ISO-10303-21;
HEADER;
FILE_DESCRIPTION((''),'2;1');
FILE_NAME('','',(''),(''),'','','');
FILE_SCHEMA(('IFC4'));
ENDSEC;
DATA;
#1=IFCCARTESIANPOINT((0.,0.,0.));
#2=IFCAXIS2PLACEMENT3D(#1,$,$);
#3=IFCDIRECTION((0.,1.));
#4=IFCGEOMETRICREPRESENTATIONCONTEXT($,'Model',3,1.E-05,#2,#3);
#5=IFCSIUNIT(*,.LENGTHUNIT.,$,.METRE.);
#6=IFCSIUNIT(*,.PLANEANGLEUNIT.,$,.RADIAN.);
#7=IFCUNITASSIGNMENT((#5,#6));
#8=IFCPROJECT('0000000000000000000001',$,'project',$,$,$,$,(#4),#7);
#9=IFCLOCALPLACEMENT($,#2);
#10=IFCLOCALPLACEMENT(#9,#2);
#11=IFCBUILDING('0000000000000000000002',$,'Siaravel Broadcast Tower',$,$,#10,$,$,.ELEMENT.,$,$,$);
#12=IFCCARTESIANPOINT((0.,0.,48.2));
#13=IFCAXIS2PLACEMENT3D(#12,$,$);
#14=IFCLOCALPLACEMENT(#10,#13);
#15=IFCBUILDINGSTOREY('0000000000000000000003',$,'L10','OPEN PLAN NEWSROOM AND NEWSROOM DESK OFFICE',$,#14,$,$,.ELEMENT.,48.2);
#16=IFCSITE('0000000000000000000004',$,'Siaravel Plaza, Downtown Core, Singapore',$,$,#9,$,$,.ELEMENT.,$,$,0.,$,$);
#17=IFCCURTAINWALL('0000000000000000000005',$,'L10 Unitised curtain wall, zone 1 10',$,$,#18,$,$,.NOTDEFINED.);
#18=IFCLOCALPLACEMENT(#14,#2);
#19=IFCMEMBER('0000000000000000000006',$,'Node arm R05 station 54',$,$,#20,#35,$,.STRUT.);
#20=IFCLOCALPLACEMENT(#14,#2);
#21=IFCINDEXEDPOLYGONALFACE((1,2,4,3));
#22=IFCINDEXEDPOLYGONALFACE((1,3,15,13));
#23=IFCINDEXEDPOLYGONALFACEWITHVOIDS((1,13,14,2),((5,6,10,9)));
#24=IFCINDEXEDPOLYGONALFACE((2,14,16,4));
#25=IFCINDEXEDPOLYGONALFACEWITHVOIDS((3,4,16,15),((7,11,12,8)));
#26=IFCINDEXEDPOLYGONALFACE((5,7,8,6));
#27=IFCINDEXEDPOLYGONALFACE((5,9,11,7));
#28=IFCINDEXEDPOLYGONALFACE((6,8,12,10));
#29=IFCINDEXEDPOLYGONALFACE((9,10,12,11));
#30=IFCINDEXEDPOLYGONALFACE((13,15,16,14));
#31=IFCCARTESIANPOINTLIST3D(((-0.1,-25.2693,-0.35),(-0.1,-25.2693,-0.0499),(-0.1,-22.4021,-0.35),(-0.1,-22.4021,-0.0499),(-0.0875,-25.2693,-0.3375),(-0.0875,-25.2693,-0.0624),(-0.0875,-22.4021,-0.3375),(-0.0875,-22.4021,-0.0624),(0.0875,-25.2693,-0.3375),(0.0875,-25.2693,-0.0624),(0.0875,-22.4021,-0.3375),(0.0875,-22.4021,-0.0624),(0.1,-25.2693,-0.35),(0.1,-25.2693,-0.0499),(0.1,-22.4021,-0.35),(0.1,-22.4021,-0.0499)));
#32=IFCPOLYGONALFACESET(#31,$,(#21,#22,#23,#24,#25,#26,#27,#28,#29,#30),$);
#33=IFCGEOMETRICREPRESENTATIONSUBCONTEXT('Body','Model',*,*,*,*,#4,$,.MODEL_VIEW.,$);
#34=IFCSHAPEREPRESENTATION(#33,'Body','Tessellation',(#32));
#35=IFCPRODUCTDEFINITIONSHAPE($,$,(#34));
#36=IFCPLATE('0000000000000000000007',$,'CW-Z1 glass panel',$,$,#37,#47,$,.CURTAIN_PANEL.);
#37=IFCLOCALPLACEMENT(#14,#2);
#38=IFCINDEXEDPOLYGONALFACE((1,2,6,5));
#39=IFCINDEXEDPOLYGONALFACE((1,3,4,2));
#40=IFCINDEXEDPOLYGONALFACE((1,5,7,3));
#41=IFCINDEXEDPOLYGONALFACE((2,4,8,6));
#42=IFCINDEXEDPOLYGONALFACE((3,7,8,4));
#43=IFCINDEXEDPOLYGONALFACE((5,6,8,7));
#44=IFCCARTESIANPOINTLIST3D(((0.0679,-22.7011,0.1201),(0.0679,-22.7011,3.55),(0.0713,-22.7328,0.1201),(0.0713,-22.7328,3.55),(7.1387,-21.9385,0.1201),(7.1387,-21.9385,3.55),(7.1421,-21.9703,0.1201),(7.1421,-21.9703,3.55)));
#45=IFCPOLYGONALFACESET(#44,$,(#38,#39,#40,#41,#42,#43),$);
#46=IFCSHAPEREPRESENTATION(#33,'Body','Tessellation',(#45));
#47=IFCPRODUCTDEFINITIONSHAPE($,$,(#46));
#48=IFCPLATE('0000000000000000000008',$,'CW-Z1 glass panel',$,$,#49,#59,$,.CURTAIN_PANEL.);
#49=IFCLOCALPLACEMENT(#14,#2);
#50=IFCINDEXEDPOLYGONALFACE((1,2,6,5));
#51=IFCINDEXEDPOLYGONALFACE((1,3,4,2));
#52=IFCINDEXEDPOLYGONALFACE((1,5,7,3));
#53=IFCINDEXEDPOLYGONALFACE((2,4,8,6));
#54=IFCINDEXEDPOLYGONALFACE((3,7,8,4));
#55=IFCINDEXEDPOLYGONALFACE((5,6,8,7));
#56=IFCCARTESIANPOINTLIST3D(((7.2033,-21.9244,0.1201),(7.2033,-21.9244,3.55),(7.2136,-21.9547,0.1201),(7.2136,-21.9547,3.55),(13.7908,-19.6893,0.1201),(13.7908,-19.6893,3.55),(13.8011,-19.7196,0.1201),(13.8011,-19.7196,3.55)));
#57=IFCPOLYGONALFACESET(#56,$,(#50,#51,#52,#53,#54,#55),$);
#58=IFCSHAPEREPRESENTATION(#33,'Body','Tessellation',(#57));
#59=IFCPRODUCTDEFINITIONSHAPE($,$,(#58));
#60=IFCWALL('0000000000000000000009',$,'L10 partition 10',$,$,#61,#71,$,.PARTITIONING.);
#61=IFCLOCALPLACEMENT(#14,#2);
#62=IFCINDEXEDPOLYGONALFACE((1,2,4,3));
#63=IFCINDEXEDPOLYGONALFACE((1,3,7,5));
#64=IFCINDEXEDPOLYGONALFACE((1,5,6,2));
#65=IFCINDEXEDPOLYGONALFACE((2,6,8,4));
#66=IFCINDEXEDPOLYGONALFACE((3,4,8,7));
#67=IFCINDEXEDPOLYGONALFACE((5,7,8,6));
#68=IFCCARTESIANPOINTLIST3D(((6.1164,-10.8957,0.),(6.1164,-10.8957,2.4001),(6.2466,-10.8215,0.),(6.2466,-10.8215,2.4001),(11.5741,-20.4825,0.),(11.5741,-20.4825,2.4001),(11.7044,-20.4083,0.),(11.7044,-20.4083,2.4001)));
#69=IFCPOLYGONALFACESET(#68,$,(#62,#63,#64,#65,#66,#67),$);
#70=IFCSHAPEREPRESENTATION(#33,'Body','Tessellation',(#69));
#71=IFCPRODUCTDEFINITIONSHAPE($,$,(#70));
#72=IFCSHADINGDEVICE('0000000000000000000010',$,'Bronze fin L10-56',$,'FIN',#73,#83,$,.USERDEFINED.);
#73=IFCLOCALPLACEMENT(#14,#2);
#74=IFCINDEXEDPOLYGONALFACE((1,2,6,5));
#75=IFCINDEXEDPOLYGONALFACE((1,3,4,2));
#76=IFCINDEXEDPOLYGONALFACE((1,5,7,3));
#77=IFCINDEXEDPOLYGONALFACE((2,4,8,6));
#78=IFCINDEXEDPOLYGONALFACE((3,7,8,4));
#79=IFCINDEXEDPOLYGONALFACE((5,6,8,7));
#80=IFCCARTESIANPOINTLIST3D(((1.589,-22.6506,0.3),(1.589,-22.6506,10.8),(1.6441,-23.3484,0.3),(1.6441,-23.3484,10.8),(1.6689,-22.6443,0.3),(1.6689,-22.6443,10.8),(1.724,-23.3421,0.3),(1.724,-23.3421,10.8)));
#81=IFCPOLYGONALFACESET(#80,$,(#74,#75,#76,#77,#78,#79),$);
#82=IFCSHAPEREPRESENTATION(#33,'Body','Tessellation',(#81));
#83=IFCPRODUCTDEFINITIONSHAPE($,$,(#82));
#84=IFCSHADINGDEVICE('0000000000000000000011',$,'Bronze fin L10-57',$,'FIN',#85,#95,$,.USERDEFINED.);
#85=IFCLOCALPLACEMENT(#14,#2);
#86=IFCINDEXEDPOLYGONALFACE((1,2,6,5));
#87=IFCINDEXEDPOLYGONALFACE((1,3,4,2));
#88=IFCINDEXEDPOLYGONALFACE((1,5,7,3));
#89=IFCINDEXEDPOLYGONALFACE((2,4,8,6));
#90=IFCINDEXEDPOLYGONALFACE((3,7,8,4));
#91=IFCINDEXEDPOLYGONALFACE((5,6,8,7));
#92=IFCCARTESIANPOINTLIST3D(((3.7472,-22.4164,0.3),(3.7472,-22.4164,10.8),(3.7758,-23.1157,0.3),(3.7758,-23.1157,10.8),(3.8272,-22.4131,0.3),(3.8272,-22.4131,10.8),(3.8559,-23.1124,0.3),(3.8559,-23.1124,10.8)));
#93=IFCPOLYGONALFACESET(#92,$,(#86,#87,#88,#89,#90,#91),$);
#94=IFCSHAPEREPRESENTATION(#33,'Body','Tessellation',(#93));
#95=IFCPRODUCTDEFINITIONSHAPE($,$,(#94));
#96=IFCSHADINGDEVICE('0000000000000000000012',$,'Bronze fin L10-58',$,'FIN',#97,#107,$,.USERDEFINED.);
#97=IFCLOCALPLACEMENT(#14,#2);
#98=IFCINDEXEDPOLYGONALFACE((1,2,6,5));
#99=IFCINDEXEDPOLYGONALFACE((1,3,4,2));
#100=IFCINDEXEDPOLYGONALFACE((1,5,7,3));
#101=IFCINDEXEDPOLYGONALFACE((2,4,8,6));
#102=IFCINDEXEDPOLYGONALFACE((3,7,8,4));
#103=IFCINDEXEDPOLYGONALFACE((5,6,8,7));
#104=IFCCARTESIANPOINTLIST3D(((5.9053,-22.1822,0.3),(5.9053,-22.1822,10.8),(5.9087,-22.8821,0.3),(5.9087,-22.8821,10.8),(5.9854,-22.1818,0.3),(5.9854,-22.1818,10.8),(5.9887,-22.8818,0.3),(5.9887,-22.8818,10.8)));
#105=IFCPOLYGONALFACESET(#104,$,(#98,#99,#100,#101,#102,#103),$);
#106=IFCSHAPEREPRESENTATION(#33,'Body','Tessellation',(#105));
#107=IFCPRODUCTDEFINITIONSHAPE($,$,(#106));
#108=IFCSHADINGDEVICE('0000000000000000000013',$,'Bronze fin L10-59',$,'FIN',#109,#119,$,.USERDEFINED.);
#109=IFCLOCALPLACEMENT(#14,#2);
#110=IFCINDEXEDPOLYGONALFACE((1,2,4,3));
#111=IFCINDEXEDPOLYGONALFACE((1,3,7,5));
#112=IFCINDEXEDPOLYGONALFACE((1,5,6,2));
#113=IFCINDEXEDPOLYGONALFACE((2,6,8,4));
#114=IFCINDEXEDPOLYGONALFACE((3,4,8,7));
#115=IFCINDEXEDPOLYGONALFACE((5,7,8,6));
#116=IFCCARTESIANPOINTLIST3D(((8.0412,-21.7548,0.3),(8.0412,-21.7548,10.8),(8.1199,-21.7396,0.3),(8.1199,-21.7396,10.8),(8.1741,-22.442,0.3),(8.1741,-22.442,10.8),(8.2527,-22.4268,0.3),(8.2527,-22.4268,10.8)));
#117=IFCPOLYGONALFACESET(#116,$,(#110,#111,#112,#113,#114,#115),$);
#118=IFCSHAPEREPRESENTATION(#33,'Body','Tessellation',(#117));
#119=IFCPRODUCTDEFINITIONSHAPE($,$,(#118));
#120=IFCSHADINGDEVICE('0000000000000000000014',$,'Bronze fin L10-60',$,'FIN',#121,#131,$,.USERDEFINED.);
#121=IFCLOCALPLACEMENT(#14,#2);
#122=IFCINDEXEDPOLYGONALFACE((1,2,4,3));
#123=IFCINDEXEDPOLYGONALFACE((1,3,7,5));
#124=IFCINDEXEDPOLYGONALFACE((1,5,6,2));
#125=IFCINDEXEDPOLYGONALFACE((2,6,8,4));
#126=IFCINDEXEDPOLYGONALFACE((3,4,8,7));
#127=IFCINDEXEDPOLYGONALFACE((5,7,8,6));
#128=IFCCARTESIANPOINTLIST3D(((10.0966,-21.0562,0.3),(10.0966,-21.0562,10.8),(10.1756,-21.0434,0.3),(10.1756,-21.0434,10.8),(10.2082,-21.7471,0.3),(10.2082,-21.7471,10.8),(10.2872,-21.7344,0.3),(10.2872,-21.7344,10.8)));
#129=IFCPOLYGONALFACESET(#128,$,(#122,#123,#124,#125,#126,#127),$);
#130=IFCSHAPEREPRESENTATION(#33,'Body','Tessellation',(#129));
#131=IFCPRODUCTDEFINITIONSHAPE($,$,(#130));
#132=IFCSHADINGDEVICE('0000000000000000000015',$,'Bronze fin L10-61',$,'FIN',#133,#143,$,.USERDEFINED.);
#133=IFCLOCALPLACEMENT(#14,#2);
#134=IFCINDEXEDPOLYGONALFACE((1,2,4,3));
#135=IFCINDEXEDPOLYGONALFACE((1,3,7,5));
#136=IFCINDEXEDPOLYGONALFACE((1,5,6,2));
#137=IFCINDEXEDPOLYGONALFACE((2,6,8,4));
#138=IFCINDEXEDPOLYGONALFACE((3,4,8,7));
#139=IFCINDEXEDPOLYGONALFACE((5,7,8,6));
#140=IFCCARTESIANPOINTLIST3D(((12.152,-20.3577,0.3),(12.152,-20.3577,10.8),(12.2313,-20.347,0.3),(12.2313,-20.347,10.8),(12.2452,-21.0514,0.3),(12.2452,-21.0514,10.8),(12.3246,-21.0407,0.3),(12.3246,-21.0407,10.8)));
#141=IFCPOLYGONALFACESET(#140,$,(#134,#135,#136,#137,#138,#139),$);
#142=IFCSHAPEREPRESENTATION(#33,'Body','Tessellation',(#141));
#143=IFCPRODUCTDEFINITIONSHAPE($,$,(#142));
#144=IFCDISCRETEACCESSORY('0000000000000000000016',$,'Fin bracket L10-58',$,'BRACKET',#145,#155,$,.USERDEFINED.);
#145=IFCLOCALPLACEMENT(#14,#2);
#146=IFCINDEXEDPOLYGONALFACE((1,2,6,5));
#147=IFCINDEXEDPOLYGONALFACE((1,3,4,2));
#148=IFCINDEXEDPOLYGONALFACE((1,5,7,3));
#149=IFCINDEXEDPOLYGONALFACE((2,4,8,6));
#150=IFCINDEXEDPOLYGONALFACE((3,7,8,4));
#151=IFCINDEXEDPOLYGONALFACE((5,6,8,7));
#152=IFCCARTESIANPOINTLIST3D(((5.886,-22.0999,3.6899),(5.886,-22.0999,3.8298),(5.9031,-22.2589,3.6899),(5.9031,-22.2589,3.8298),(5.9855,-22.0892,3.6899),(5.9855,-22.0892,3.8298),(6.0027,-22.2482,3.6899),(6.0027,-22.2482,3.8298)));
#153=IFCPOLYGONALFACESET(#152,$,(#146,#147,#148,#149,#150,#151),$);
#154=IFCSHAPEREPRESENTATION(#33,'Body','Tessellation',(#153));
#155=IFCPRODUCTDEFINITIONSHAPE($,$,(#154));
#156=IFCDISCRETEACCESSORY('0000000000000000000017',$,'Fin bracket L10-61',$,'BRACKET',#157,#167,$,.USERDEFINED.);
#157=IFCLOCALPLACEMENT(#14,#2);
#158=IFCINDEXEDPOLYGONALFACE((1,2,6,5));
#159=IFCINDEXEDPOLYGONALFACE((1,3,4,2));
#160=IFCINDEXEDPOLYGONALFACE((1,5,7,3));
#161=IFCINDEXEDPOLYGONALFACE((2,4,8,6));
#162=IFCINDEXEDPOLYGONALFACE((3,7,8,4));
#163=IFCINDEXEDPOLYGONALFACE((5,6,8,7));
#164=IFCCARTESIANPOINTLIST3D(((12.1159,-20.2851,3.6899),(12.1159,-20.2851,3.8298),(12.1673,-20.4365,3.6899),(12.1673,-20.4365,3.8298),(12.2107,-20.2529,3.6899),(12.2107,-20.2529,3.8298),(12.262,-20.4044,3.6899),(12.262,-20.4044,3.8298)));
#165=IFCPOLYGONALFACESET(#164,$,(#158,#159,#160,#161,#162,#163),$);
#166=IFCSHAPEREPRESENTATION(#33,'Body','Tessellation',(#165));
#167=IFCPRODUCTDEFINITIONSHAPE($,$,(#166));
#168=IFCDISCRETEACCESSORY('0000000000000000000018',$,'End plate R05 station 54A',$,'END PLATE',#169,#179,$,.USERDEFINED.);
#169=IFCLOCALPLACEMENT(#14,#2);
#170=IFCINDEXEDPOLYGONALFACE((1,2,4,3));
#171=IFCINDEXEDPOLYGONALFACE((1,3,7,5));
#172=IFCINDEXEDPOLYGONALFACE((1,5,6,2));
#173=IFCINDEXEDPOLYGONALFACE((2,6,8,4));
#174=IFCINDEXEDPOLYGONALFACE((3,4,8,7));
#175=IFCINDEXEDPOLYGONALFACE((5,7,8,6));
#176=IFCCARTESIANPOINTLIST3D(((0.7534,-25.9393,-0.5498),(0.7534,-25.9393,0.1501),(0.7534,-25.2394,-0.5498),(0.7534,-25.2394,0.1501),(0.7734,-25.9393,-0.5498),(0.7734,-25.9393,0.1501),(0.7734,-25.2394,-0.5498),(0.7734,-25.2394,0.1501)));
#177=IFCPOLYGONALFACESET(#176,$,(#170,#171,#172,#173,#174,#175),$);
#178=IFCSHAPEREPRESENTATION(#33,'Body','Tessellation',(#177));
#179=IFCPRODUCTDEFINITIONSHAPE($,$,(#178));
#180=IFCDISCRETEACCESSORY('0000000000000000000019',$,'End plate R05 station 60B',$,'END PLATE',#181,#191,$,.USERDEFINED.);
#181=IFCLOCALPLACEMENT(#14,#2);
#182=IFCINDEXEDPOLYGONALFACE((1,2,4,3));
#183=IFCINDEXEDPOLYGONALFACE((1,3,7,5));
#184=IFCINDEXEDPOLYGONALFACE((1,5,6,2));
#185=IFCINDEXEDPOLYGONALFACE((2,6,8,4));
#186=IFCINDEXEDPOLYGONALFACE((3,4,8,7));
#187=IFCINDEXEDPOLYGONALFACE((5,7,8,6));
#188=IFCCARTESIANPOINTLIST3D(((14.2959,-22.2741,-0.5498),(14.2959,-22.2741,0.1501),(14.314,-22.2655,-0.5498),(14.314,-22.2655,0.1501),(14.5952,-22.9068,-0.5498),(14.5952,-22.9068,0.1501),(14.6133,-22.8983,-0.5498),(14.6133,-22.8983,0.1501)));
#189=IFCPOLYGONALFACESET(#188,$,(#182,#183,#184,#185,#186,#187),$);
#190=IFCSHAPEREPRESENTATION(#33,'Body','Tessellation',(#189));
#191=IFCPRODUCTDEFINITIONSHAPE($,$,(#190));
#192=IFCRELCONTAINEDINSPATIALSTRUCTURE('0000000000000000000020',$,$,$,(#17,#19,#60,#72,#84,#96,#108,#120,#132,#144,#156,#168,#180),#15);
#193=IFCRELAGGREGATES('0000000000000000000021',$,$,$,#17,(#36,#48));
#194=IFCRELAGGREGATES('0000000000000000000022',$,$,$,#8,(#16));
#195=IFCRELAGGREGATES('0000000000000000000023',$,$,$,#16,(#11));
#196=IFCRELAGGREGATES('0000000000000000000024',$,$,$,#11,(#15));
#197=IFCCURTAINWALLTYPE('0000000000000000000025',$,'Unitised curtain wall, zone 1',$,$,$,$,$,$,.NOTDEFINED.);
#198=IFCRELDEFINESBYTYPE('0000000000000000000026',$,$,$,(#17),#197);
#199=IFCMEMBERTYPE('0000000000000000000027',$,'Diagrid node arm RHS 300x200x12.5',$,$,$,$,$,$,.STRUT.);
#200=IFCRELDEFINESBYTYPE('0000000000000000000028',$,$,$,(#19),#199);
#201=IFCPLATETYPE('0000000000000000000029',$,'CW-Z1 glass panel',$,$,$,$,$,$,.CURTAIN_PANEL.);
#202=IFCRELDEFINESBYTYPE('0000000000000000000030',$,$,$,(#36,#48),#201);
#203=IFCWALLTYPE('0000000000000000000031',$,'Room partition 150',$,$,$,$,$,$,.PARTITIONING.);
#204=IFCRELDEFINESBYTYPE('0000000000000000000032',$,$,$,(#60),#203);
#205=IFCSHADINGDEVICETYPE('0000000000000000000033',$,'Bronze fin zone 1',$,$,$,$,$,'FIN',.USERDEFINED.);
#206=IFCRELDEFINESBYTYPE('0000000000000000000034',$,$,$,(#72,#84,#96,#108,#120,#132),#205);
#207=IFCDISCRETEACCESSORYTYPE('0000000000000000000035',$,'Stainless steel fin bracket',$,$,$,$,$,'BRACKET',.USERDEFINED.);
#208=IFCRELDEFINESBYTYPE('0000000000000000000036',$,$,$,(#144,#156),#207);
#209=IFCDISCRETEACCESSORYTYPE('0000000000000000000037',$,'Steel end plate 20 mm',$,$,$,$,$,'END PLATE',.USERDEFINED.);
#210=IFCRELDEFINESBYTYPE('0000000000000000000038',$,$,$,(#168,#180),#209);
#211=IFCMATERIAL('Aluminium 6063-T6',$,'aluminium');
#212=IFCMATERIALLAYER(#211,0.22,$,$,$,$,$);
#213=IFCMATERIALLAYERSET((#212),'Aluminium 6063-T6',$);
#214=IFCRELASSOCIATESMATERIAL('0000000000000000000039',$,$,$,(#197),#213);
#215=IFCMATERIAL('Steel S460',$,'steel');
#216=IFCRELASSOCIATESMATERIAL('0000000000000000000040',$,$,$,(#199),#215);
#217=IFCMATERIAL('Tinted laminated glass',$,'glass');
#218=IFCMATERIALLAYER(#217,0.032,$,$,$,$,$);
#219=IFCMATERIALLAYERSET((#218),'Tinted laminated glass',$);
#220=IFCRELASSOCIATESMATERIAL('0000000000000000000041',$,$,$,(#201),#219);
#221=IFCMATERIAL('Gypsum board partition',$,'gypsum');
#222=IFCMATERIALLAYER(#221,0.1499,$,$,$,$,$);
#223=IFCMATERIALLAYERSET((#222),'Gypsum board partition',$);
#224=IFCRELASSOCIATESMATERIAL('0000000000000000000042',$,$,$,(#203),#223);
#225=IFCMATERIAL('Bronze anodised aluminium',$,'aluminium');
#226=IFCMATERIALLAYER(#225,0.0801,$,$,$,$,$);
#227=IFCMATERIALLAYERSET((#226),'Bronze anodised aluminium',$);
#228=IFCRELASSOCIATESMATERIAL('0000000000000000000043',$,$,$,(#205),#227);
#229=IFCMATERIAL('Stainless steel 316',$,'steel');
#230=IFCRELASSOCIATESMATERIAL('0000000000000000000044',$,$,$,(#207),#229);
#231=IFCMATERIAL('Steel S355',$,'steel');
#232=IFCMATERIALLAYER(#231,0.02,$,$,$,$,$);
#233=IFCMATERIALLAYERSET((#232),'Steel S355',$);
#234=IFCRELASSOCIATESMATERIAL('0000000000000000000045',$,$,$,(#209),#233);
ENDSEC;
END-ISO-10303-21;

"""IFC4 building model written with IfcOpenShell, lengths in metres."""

from ifc_helpers import new_model, si_unit, direction, frame, frame_2d, origin, origin_2d, place, context, subcontext, project, spatial, rectangle, hollow_rectangle, extrude, material, layer, layer_set, material_profile, profile_set, type_object, element, aggregate, save


model = new_model("IFC4")

# Units and contexts
model_context = context("Model", 3, precision=1e-05, world=origin(), true_north=direction((0.0, 1.0)))
body_context = subcontext(model_context, "Body", "Model", "MODEL_VIEW")
ifc_project = project(units=[si_unit("LENGTHUNIT", "METRE"), si_unit("PLANEANGLEUNIT", "RADIAN")], contexts=[model_context])

# Site, building, storey
site_placement = place(None, origin())
site = spatial("IfcSite", under=ifc_project, at=site_placement, Name="Siaravel Plaza, Downtown Core, Singapore", CompositionType="ELEMENT", RefElevation=0.0)
building_placement = place(site_placement, origin())
building = spatial("IfcBuilding", under=site, at=building_placement, Name="Siaravel Broadcast Tower", CompositionType="ELEMENT")
storey_placement = place(building_placement, frame((0.0, 0.0, 48.2)))
storey = spatial("IfcBuildingStorey", under=building, at=storey_placement, Name="L10", Description="OPEN PLAN NEWSROOM AND NEWSROOM DESK OFFICE", CompositionType="ELEMENT", Elevation=48.2)

# Shared definitions
ifc_material_1 = material(Name="Steel S355", Category="steel")

# Curtain wall
ifc_material_2 = material(Name="Aluminium 6063-T6", Category="aluminium")
ifc_layer_1 = layer(ifc_material_2, 0.22)
ifc_layer_set_1 = layer_set([ifc_layer_1], Name="Aluminium 6063-T6")
curtain_wall_type = type_object("IfcCurtainWallType", Name="Unitised curtain wall, zone 1", PredefinedType="NOTDEFINED", material=ifc_layer_set_1)
curtain_wall_placement = place(storey_placement, origin())
curtain_wall = element("IfcCurtainWall", 1, at=curtain_wall_placement, inside=storey, type_object=curtain_wall_type, Name="L10 Unitised curtain wall, zone 1 10", PredefinedType="NOTDEFINED")

# Member
ifc_material_3 = material(Name="Steel S460", Category="steel")
ifc_material_profile_1 = material_profile(ifc_material_3, hollow_rectangle(XDim=0.2, YDim=0.3, WallThickness=0.0125, at=origin_2d()))
ifc_profile_set_1 = profile_set([ifc_material_profile_1], Name="Steel S460")
member_type_1 = type_object("IfcMemberType", Name="Diagrid node arm RHS 300x200x12.5", PredefinedType="STRUT", material=ifc_profile_set_1)
member_1_placement = place(storey_placement, frame((0.0, -22.4021, -0.2), z_axis=(0.0, -1.0, 0.0), x_axis=(1.0, 0.0, 0.0)))
element("IfcMember", 2, at=member_1_placement, inside=storey, type_object=member_type_1, Name="Node arm R05 station 54", PredefinedType="STRUT", context=body_context, shape_type="SweptSolid", body=[
    extrude(hollow_rectangle(XDim=0.2, YDim=0.3, WallThickness=0.0125, at=origin_2d()), origin(), (0.0, 0.0, 1.0), 2.8672),
])

# Plates
ifc_material_4 = material(Name="Tinted laminated glass", Category="glass")
ifc_layer_2 = layer(ifc_material_4, 0.032)
ifc_layer_set_2 = layer_set([ifc_layer_2], Name="Tinted laminated glass")
plate_type = type_object("IfcPlateType", Name="CW-Z1 glass panel", PredefinedType="CURTAIN_PANEL", material=ifc_layer_set_2)
plate_1_placement = place(storey_placement, frame((3.605, -22.3357, 0.1201), z_axis=(0.0, 0.0, 1.0), x_axis=(0.994236, 0.107218, 0.0)))
plate_1 = element("IfcPlate", 3, at=plate_1_placement, type_object=plate_type, Name="CW-Z1 glass panel", PredefinedType="CURTAIN_PANEL", context=body_context, shape_type="SweptSolid", body=[
    extrude(rectangle(XDim=7.1118, YDim=0.032, at=origin_2d()), origin(), (0.0, 0.0, 1.0), 3.4299),
])
plate_2_placement = place(storey_placement, frame((10.5022, -20.822, 0.1201), z_axis=(0.0, 0.0, 1.0), x_axis=(0.946977, 0.321301, 0.0)))
plate_2 = element("IfcPlate", 4, at=plate_2_placement, type_object=plate_type, Name="CW-Z1 glass panel", PredefinedType="CURTAIN_PANEL", context=body_context, shape_type="SweptSolid", body=[
    extrude(rectangle(XDim=6.9563, YDim=0.032, at=origin_2d()), origin(), (0.0, 0.0, 1.0), 3.4299),
])
aggregate(curtain_wall, [plate_1, plate_2])

# Wall
ifc_material_5 = material(Name="Gypsum board partition", Category="gypsum")
ifc_layer_3 = layer(ifc_material_5, 0.1499)
ifc_layer_set_3 = layer_set([ifc_layer_3], Name="Gypsum board partition")
wall_type = type_object("IfcWallType", Name="Room partition 150", PredefinedType="PARTITIONING", material=ifc_layer_set_3)
wall_placement = place(storey_placement, frame((11.6392, -20.4453, 0.0), z_axis=(0.0, 0.0, 1.0), x_axis=(-0.494739, 0.869041, 0.0)))
element("IfcWall", 5, at=wall_placement, inside=storey, type_object=wall_type, Name="L10 partition 10", PredefinedType="PARTITIONING", context=body_context, shape_type="SweptSolid", body=[
    extrude(rectangle(XDim=11.0315, YDim=0.1499, at=frame_2d((5.5156, 0.0))), origin(), (0.0, 0.0, 1.0), 2.4001),
])

# Shading devices
ifc_material_6 = material(Name="Bronze anodised aluminium", Category="aluminium")
ifc_layer_4 = layer(ifc_material_6, 0.0801)
ifc_layer_set_4 = layer_set([ifc_layer_4], Name="Bronze anodised aluminium")
shading_device_type = type_object("IfcShadingDeviceType", Name="Bronze fin zone 1", ElementType="FIN", PredefinedType="USERDEFINED", material=ifc_layer_set_4)
for number, where, z_axis, x_axis, name in (
    (6, (1.6565, -22.9963, 0.3), (0.0, 0.0, 1.0), (0.07871, -0.996898, 0.0), "Bronze fin L10-56"),
    (7, (3.8015, -22.7644, 0.3), (0.0, 0.0, 1.0), (0.040951, -0.999161, 0.0), "Bronze fin L10-57"),
    (8, (5.947, -22.532, 0.3), (0.0, 0.0, 1.0), (0.004826, -0.999988, 0.0), "Bronze fin L10-58"),
    (9, (8.147, -22.0908, 0.3), (0.0, 0.0, 1.0), (0.189776, -0.981827, 0.0), "Bronze fin L10-59"),
    (10, (10.1919, -21.3953, 0.3), (0.0, 0.0, 1.0), (0.159456, -0.987205, 0.0), "Bronze fin L10-60"),
    (11, (12.2383, -20.6992, 0.3), (0.0, 0.0, 1.0), (0.133213, -0.991087, 0.0), "Bronze fin L10-61"),
):
    element("IfcShadingDevice", number, at=place(storey_placement, frame(where, z_axis=z_axis, x_axis=x_axis)), inside=storey, type_object=shading_device_type, Name=name, ObjectType="FIN", PredefinedType="USERDEFINED", context=body_context, shape_type="SweptSolid", body=[
        extrude(rectangle(XDim=0.7, YDim=0.0801, at=origin_2d()), origin(), (0.0, 0.0, 1.0), 10.5),
    ])

# Discrete accessories
ifc_material_7 = material(Name="Stainless steel 316", Category="steel")
discrete_accessory_type_1 = type_object("IfcDiscreteAccessoryType", Name="Stainless steel fin bracket", ElementType="BRACKET", PredefinedType="USERDEFINED", material=ifc_material_7)
for number, where, z_axis, x_axis, name in (
    (12, (5.9443, -22.1741, 3.6899), (0.0, 0.0, 1.0), (0.107217, -0.994236, 0.0), "Fin bracket L10-58"),
    (13, (12.189, -20.3447, 3.6899), (0.0, 0.0, 1.0), (0.321301, -0.946977, 0.0), "Fin bracket L10-61"),
):
    element("IfcDiscreteAccessory", number, at=place(storey_placement, frame(where, z_axis=z_axis, x_axis=x_axis)), inside=storey, type_object=discrete_accessory_type_1, Name=name, ObjectType="BRACKET", PredefinedType="USERDEFINED", context=body_context, shape_type="SweptSolid", body=[
        extrude(rectangle(XDim=0.1599, YDim=0.1001, at=origin_2d()), origin(), (0.0, 0.0, 1.0), 0.1399),
    ])
ifc_layer_5 = layer(ifc_material_1, 0.02)
ifc_layer_set_5 = layer_set([ifc_layer_5], Name="Steel S355")
discrete_accessory_type_2 = type_object("IfcDiscreteAccessoryType", Name="Steel end plate 20 mm", ElementType="END PLATE", PredefinedType="USERDEFINED", material=ifc_layer_set_5)
for number, where, z_axis, x_axis, name in (
    (14, (0.7634, -25.5894, -0.5498), (0.0, 0.0, 1.0), (1.0, 0.0, 0.0), "End plate R05 station 54A"),
    (15, (14.4546, -22.5862, -0.5498), (0.0, 0.0, 1.0), (0.904006, 0.427519, 0.0), "End plate R05 station 60B"),
):
    element("IfcDiscreteAccessory", number, at=place(storey_placement, frame(where, z_axis=z_axis, x_axis=x_axis)), inside=storey, type_object=discrete_accessory_type_2, Name=name, ObjectType="END PLATE", PredefinedType="USERDEFINED", context=body_context, shape_type="SweptSolid", body=[
        extrude(rectangle(XDim=0.02, YDim=0.7, at=origin_2d()), origin(), (0.0, 0.0, 1.0), 0.7),
    ])

save(model, "model.ifc")
